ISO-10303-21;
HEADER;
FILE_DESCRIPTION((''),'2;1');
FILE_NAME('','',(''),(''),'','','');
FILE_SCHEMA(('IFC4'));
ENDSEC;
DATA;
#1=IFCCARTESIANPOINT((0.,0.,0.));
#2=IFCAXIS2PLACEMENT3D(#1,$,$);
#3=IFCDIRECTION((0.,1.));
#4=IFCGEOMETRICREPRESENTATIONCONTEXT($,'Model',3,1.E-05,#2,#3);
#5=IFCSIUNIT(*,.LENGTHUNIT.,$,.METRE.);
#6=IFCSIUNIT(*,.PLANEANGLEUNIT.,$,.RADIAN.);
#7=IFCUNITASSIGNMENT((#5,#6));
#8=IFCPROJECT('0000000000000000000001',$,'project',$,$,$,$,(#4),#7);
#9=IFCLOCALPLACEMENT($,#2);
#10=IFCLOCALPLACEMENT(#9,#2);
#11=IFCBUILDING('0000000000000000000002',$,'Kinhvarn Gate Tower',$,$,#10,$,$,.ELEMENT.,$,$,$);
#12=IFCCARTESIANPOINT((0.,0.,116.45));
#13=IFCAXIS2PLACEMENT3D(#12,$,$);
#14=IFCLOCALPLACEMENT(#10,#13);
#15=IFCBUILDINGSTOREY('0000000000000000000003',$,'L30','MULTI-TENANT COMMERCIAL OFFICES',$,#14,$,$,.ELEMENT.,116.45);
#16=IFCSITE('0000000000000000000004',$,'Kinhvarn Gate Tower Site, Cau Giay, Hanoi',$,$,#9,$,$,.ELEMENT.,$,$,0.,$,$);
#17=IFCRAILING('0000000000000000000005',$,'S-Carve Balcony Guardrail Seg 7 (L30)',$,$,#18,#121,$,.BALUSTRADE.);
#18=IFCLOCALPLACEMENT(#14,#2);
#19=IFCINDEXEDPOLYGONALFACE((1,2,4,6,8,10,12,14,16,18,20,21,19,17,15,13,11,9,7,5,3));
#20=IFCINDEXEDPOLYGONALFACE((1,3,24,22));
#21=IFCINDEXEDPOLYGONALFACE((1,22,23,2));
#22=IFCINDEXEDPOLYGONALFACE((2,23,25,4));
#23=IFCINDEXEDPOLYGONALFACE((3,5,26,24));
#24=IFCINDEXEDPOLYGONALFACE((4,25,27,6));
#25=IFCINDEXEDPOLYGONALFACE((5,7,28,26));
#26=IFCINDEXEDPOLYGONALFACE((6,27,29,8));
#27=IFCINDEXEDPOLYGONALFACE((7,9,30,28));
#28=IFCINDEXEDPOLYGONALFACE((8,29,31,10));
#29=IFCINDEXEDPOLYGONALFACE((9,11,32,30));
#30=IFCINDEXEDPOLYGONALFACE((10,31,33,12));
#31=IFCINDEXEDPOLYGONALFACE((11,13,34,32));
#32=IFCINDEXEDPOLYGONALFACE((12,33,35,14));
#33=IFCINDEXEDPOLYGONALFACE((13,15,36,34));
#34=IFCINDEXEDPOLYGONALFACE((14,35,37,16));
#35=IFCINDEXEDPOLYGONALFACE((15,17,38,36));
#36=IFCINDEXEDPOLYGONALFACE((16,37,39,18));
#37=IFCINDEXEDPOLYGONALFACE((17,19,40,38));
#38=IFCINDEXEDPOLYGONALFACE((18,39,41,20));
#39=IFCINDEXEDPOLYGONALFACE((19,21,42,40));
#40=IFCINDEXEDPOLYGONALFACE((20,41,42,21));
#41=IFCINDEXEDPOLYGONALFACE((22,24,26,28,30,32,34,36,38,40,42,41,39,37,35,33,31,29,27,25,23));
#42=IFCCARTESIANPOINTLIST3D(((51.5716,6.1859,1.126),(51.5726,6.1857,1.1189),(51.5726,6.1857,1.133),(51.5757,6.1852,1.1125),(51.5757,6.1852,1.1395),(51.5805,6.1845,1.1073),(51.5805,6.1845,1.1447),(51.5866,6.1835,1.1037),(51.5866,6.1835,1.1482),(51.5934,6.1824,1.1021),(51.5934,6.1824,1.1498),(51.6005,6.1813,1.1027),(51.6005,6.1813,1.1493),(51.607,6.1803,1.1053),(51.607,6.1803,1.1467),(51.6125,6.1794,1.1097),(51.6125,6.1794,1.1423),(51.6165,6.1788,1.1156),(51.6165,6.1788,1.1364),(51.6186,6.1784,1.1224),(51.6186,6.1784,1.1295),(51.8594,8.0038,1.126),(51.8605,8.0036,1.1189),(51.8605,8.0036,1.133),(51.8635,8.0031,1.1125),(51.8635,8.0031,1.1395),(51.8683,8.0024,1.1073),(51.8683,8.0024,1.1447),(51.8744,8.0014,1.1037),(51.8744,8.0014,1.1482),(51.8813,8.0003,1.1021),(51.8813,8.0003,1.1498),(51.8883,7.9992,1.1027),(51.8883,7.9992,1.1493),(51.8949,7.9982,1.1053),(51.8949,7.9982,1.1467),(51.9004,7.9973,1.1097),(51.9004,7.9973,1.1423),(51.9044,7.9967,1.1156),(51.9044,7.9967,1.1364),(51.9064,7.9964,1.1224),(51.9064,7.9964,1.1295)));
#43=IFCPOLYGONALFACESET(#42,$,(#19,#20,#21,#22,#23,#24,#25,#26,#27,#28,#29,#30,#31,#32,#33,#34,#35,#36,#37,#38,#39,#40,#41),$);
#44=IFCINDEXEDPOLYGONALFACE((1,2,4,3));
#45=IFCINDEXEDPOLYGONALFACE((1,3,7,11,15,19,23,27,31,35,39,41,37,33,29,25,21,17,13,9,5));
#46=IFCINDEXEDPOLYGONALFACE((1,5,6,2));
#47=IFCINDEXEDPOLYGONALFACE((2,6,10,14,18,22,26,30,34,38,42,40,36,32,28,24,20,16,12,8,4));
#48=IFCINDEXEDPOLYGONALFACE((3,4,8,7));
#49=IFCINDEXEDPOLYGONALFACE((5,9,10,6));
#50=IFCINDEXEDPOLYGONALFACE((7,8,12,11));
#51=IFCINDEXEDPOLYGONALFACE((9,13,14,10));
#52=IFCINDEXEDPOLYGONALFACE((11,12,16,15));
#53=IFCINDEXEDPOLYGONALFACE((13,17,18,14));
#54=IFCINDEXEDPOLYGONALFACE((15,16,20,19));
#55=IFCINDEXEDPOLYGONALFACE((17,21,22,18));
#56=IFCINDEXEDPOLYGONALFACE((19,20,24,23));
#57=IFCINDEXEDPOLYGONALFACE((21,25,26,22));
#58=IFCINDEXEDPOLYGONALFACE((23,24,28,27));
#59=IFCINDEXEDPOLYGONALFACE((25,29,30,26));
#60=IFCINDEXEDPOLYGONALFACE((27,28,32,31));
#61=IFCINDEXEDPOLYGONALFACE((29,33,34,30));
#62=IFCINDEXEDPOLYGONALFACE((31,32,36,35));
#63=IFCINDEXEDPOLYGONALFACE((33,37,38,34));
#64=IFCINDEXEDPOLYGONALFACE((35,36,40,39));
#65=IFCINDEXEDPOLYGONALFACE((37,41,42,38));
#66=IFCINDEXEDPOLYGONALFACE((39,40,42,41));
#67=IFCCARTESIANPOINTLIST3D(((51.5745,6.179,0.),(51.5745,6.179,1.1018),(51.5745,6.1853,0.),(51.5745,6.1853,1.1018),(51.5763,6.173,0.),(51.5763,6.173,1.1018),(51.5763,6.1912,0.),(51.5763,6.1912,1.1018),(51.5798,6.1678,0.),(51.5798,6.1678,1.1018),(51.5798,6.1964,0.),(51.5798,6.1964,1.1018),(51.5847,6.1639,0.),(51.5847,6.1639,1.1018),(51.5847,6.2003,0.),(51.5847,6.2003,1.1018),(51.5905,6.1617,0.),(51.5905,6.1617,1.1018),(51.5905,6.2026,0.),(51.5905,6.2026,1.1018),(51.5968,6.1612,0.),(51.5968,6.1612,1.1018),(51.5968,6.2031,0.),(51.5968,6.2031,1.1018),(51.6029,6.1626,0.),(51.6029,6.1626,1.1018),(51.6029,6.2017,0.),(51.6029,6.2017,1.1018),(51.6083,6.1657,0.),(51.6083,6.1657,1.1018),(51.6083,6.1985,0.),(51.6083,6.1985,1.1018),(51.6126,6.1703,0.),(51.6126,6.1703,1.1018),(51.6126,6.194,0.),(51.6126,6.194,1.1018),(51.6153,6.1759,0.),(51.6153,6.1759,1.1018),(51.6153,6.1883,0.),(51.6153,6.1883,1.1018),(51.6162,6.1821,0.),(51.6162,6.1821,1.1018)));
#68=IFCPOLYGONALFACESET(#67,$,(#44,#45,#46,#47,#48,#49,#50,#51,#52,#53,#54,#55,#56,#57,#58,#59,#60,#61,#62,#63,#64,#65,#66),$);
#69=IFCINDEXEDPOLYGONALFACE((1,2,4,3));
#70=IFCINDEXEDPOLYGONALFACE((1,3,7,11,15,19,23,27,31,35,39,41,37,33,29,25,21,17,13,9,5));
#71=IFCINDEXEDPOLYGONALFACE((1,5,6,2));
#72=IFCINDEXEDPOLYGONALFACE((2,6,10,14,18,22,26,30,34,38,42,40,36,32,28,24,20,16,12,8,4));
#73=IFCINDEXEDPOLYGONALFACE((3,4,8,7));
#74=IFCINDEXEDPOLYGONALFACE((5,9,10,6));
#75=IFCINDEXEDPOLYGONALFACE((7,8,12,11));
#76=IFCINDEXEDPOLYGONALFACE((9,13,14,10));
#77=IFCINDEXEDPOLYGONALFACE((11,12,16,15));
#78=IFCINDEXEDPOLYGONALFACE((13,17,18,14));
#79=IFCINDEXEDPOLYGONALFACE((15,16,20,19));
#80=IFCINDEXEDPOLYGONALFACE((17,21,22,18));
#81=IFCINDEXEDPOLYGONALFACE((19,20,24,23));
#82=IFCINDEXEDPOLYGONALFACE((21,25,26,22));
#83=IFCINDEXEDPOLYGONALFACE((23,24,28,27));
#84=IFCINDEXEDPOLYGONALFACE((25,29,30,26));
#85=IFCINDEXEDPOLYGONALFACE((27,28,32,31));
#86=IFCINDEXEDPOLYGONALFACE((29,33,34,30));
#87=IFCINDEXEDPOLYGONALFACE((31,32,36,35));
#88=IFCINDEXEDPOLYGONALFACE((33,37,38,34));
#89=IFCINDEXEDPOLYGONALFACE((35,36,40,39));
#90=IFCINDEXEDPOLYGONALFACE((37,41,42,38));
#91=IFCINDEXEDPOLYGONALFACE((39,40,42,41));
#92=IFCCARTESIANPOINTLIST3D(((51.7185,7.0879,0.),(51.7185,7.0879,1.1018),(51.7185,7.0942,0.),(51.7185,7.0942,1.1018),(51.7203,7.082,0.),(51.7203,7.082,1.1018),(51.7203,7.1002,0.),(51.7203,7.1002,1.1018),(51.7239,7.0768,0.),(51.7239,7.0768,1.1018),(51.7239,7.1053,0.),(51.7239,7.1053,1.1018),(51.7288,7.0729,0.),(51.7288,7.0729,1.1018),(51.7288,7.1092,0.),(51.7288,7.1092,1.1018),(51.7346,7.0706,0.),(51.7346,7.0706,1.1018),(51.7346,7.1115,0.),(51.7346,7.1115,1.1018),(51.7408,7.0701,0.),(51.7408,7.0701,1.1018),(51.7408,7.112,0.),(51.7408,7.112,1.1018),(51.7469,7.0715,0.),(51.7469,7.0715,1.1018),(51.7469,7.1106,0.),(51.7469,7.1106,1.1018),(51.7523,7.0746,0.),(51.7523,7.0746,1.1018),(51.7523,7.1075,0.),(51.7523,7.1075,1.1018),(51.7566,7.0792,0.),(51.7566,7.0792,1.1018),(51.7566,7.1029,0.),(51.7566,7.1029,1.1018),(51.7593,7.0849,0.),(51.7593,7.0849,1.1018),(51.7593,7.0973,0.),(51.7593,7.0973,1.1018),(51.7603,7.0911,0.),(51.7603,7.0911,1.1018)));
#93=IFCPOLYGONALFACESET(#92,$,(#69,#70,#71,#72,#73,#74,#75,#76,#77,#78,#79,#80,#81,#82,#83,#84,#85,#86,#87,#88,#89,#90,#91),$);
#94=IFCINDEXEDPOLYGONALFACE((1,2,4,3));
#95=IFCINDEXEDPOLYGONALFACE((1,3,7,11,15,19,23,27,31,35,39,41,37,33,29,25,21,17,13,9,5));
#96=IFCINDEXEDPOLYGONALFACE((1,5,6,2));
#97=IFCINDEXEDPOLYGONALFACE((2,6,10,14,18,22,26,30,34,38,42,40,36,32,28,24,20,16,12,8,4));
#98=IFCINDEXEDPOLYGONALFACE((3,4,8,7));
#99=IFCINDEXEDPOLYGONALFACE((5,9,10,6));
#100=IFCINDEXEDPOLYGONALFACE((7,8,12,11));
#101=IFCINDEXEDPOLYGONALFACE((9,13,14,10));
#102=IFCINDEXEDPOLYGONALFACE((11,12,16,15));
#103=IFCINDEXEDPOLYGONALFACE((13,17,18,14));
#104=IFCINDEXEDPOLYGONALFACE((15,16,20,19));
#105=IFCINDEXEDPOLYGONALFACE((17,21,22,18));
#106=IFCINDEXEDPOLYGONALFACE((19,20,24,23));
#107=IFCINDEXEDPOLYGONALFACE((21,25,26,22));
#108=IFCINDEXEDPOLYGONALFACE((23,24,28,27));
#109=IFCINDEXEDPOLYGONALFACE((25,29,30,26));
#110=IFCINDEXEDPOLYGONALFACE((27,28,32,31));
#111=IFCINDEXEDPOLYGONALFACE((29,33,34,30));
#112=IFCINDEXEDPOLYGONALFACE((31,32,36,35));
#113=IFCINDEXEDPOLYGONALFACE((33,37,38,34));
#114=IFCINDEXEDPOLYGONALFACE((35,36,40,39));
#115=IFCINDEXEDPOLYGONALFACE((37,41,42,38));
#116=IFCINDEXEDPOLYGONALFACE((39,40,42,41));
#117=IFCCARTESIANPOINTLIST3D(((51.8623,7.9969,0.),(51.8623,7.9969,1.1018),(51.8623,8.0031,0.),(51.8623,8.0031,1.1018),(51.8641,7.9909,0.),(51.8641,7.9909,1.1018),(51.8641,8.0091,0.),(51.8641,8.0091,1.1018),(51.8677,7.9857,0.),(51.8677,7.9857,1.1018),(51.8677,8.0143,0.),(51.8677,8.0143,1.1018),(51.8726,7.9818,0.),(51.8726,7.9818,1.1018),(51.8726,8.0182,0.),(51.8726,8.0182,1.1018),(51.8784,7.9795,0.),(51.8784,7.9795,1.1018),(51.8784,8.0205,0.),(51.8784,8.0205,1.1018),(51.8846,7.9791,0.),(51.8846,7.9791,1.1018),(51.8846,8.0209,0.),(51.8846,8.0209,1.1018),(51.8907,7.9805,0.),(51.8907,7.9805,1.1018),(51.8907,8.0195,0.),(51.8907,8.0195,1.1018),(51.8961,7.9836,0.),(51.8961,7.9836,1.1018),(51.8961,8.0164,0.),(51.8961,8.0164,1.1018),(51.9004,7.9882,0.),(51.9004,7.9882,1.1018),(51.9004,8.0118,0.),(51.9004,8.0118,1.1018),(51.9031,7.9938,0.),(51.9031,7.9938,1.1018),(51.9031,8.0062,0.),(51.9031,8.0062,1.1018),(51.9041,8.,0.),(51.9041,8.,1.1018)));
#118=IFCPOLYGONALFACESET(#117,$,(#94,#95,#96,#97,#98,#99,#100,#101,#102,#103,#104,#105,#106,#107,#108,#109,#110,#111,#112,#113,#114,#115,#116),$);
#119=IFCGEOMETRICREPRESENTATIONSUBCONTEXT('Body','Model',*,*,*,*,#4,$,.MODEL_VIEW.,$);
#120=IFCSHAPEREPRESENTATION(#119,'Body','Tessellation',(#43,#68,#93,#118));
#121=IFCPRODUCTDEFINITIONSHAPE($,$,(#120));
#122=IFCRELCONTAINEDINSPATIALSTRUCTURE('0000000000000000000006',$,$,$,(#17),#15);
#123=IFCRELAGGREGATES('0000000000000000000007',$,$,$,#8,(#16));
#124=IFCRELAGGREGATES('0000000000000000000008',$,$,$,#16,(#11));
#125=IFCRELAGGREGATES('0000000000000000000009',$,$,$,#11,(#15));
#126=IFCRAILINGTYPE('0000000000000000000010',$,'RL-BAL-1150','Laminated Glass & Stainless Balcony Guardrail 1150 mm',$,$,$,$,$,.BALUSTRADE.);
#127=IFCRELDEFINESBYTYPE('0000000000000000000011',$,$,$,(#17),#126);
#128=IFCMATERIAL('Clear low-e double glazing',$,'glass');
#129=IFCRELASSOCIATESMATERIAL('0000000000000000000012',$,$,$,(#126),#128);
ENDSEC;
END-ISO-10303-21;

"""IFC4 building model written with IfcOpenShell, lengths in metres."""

from ifc_helpers import new_model, si_unit, direction, frame, origin, origin_2d, place, context, subcontext, project, spatial, circle, extrude, material, type_object, element, save


model = new_model("IFC4")

# Units and contexts
model_context = context("Model", 3, precision=1e-05, world=origin(), true_north=direction((0.0, 1.0)))
body_context = subcontext(model_context, "Body", "Model", "MODEL_VIEW")
ifc_project = project(units=[si_unit("LENGTHUNIT", "METRE"), si_unit("PLANEANGLEUNIT", "RADIAN")], contexts=[model_context])

# Site, building, storey
site_placement = place(None, origin())
site = spatial("IfcSite", under=ifc_project, at=site_placement, Name="Kinhvarn Gate Tower Site, Cau Giay, Hanoi", CompositionType="ELEMENT", RefElevation=0.0)
building_placement = place(site_placement, origin())
building = spatial("IfcBuilding", under=site, at=building_placement, Name="Kinhvarn Gate Tower", CompositionType="ELEMENT")
storey_placement = place(building_placement, frame((0.0, 0.0, 116.45)))
storey = spatial("IfcBuildingStorey", under=building, at=storey_placement, Name="L30", Description="MULTI-TENANT COMMERCIAL OFFICES", CompositionType="ELEMENT", Elevation=116.45)

# Shared definitions
ifc_material_1 = material(Name="Clear low-e double glazing", Category="glass")

# Railing
railing_type = type_object("IfcRailingType", Name="RL-BAL-1150", Description="Laminated Glass & Stainless Balcony Guardrail 1150 mm", PredefinedType="BALUSTRADE", material=ifc_material_1)
railing_1_placement = place(storey_placement, frame((51.5952, 6.1821, 0.0)))
element("IfcRailing", 1, at=railing_1_placement, inside=storey, type_object=railing_type, Name="S-Carve Balcony Guardrail Seg 7 (L30)", PredefinedType="BALUSTRADE", context=body_context, shape_type="SweptSolid", body=[
    extrude(circle(Radius=0.0239, at=origin_2d()), frame((0.0, 0.0, 1.126), z_axis=(0.156392, 0.987695, 0.0), x_axis=(-0.987695, 0.156392, 0.0)), (0.0, 0.0, 1.0), 1.8406),
    extrude(circle(Radius=0.021, at=origin_2d()), origin(), (0.0, 0.0, 1.0), 1.1018),
    extrude(circle(Radius=0.021, at=origin_2d()), frame((0.144, 0.9089, 0.0)), (0.0, 0.0, 1.0), 1.1018),
    extrude(circle(Radius=0.021, at=origin_2d()), frame((0.2878, 1.8179, 0.0)), (0.0, 0.0, 1.0), 1.1018),
])

save(model, "model.ifc")
